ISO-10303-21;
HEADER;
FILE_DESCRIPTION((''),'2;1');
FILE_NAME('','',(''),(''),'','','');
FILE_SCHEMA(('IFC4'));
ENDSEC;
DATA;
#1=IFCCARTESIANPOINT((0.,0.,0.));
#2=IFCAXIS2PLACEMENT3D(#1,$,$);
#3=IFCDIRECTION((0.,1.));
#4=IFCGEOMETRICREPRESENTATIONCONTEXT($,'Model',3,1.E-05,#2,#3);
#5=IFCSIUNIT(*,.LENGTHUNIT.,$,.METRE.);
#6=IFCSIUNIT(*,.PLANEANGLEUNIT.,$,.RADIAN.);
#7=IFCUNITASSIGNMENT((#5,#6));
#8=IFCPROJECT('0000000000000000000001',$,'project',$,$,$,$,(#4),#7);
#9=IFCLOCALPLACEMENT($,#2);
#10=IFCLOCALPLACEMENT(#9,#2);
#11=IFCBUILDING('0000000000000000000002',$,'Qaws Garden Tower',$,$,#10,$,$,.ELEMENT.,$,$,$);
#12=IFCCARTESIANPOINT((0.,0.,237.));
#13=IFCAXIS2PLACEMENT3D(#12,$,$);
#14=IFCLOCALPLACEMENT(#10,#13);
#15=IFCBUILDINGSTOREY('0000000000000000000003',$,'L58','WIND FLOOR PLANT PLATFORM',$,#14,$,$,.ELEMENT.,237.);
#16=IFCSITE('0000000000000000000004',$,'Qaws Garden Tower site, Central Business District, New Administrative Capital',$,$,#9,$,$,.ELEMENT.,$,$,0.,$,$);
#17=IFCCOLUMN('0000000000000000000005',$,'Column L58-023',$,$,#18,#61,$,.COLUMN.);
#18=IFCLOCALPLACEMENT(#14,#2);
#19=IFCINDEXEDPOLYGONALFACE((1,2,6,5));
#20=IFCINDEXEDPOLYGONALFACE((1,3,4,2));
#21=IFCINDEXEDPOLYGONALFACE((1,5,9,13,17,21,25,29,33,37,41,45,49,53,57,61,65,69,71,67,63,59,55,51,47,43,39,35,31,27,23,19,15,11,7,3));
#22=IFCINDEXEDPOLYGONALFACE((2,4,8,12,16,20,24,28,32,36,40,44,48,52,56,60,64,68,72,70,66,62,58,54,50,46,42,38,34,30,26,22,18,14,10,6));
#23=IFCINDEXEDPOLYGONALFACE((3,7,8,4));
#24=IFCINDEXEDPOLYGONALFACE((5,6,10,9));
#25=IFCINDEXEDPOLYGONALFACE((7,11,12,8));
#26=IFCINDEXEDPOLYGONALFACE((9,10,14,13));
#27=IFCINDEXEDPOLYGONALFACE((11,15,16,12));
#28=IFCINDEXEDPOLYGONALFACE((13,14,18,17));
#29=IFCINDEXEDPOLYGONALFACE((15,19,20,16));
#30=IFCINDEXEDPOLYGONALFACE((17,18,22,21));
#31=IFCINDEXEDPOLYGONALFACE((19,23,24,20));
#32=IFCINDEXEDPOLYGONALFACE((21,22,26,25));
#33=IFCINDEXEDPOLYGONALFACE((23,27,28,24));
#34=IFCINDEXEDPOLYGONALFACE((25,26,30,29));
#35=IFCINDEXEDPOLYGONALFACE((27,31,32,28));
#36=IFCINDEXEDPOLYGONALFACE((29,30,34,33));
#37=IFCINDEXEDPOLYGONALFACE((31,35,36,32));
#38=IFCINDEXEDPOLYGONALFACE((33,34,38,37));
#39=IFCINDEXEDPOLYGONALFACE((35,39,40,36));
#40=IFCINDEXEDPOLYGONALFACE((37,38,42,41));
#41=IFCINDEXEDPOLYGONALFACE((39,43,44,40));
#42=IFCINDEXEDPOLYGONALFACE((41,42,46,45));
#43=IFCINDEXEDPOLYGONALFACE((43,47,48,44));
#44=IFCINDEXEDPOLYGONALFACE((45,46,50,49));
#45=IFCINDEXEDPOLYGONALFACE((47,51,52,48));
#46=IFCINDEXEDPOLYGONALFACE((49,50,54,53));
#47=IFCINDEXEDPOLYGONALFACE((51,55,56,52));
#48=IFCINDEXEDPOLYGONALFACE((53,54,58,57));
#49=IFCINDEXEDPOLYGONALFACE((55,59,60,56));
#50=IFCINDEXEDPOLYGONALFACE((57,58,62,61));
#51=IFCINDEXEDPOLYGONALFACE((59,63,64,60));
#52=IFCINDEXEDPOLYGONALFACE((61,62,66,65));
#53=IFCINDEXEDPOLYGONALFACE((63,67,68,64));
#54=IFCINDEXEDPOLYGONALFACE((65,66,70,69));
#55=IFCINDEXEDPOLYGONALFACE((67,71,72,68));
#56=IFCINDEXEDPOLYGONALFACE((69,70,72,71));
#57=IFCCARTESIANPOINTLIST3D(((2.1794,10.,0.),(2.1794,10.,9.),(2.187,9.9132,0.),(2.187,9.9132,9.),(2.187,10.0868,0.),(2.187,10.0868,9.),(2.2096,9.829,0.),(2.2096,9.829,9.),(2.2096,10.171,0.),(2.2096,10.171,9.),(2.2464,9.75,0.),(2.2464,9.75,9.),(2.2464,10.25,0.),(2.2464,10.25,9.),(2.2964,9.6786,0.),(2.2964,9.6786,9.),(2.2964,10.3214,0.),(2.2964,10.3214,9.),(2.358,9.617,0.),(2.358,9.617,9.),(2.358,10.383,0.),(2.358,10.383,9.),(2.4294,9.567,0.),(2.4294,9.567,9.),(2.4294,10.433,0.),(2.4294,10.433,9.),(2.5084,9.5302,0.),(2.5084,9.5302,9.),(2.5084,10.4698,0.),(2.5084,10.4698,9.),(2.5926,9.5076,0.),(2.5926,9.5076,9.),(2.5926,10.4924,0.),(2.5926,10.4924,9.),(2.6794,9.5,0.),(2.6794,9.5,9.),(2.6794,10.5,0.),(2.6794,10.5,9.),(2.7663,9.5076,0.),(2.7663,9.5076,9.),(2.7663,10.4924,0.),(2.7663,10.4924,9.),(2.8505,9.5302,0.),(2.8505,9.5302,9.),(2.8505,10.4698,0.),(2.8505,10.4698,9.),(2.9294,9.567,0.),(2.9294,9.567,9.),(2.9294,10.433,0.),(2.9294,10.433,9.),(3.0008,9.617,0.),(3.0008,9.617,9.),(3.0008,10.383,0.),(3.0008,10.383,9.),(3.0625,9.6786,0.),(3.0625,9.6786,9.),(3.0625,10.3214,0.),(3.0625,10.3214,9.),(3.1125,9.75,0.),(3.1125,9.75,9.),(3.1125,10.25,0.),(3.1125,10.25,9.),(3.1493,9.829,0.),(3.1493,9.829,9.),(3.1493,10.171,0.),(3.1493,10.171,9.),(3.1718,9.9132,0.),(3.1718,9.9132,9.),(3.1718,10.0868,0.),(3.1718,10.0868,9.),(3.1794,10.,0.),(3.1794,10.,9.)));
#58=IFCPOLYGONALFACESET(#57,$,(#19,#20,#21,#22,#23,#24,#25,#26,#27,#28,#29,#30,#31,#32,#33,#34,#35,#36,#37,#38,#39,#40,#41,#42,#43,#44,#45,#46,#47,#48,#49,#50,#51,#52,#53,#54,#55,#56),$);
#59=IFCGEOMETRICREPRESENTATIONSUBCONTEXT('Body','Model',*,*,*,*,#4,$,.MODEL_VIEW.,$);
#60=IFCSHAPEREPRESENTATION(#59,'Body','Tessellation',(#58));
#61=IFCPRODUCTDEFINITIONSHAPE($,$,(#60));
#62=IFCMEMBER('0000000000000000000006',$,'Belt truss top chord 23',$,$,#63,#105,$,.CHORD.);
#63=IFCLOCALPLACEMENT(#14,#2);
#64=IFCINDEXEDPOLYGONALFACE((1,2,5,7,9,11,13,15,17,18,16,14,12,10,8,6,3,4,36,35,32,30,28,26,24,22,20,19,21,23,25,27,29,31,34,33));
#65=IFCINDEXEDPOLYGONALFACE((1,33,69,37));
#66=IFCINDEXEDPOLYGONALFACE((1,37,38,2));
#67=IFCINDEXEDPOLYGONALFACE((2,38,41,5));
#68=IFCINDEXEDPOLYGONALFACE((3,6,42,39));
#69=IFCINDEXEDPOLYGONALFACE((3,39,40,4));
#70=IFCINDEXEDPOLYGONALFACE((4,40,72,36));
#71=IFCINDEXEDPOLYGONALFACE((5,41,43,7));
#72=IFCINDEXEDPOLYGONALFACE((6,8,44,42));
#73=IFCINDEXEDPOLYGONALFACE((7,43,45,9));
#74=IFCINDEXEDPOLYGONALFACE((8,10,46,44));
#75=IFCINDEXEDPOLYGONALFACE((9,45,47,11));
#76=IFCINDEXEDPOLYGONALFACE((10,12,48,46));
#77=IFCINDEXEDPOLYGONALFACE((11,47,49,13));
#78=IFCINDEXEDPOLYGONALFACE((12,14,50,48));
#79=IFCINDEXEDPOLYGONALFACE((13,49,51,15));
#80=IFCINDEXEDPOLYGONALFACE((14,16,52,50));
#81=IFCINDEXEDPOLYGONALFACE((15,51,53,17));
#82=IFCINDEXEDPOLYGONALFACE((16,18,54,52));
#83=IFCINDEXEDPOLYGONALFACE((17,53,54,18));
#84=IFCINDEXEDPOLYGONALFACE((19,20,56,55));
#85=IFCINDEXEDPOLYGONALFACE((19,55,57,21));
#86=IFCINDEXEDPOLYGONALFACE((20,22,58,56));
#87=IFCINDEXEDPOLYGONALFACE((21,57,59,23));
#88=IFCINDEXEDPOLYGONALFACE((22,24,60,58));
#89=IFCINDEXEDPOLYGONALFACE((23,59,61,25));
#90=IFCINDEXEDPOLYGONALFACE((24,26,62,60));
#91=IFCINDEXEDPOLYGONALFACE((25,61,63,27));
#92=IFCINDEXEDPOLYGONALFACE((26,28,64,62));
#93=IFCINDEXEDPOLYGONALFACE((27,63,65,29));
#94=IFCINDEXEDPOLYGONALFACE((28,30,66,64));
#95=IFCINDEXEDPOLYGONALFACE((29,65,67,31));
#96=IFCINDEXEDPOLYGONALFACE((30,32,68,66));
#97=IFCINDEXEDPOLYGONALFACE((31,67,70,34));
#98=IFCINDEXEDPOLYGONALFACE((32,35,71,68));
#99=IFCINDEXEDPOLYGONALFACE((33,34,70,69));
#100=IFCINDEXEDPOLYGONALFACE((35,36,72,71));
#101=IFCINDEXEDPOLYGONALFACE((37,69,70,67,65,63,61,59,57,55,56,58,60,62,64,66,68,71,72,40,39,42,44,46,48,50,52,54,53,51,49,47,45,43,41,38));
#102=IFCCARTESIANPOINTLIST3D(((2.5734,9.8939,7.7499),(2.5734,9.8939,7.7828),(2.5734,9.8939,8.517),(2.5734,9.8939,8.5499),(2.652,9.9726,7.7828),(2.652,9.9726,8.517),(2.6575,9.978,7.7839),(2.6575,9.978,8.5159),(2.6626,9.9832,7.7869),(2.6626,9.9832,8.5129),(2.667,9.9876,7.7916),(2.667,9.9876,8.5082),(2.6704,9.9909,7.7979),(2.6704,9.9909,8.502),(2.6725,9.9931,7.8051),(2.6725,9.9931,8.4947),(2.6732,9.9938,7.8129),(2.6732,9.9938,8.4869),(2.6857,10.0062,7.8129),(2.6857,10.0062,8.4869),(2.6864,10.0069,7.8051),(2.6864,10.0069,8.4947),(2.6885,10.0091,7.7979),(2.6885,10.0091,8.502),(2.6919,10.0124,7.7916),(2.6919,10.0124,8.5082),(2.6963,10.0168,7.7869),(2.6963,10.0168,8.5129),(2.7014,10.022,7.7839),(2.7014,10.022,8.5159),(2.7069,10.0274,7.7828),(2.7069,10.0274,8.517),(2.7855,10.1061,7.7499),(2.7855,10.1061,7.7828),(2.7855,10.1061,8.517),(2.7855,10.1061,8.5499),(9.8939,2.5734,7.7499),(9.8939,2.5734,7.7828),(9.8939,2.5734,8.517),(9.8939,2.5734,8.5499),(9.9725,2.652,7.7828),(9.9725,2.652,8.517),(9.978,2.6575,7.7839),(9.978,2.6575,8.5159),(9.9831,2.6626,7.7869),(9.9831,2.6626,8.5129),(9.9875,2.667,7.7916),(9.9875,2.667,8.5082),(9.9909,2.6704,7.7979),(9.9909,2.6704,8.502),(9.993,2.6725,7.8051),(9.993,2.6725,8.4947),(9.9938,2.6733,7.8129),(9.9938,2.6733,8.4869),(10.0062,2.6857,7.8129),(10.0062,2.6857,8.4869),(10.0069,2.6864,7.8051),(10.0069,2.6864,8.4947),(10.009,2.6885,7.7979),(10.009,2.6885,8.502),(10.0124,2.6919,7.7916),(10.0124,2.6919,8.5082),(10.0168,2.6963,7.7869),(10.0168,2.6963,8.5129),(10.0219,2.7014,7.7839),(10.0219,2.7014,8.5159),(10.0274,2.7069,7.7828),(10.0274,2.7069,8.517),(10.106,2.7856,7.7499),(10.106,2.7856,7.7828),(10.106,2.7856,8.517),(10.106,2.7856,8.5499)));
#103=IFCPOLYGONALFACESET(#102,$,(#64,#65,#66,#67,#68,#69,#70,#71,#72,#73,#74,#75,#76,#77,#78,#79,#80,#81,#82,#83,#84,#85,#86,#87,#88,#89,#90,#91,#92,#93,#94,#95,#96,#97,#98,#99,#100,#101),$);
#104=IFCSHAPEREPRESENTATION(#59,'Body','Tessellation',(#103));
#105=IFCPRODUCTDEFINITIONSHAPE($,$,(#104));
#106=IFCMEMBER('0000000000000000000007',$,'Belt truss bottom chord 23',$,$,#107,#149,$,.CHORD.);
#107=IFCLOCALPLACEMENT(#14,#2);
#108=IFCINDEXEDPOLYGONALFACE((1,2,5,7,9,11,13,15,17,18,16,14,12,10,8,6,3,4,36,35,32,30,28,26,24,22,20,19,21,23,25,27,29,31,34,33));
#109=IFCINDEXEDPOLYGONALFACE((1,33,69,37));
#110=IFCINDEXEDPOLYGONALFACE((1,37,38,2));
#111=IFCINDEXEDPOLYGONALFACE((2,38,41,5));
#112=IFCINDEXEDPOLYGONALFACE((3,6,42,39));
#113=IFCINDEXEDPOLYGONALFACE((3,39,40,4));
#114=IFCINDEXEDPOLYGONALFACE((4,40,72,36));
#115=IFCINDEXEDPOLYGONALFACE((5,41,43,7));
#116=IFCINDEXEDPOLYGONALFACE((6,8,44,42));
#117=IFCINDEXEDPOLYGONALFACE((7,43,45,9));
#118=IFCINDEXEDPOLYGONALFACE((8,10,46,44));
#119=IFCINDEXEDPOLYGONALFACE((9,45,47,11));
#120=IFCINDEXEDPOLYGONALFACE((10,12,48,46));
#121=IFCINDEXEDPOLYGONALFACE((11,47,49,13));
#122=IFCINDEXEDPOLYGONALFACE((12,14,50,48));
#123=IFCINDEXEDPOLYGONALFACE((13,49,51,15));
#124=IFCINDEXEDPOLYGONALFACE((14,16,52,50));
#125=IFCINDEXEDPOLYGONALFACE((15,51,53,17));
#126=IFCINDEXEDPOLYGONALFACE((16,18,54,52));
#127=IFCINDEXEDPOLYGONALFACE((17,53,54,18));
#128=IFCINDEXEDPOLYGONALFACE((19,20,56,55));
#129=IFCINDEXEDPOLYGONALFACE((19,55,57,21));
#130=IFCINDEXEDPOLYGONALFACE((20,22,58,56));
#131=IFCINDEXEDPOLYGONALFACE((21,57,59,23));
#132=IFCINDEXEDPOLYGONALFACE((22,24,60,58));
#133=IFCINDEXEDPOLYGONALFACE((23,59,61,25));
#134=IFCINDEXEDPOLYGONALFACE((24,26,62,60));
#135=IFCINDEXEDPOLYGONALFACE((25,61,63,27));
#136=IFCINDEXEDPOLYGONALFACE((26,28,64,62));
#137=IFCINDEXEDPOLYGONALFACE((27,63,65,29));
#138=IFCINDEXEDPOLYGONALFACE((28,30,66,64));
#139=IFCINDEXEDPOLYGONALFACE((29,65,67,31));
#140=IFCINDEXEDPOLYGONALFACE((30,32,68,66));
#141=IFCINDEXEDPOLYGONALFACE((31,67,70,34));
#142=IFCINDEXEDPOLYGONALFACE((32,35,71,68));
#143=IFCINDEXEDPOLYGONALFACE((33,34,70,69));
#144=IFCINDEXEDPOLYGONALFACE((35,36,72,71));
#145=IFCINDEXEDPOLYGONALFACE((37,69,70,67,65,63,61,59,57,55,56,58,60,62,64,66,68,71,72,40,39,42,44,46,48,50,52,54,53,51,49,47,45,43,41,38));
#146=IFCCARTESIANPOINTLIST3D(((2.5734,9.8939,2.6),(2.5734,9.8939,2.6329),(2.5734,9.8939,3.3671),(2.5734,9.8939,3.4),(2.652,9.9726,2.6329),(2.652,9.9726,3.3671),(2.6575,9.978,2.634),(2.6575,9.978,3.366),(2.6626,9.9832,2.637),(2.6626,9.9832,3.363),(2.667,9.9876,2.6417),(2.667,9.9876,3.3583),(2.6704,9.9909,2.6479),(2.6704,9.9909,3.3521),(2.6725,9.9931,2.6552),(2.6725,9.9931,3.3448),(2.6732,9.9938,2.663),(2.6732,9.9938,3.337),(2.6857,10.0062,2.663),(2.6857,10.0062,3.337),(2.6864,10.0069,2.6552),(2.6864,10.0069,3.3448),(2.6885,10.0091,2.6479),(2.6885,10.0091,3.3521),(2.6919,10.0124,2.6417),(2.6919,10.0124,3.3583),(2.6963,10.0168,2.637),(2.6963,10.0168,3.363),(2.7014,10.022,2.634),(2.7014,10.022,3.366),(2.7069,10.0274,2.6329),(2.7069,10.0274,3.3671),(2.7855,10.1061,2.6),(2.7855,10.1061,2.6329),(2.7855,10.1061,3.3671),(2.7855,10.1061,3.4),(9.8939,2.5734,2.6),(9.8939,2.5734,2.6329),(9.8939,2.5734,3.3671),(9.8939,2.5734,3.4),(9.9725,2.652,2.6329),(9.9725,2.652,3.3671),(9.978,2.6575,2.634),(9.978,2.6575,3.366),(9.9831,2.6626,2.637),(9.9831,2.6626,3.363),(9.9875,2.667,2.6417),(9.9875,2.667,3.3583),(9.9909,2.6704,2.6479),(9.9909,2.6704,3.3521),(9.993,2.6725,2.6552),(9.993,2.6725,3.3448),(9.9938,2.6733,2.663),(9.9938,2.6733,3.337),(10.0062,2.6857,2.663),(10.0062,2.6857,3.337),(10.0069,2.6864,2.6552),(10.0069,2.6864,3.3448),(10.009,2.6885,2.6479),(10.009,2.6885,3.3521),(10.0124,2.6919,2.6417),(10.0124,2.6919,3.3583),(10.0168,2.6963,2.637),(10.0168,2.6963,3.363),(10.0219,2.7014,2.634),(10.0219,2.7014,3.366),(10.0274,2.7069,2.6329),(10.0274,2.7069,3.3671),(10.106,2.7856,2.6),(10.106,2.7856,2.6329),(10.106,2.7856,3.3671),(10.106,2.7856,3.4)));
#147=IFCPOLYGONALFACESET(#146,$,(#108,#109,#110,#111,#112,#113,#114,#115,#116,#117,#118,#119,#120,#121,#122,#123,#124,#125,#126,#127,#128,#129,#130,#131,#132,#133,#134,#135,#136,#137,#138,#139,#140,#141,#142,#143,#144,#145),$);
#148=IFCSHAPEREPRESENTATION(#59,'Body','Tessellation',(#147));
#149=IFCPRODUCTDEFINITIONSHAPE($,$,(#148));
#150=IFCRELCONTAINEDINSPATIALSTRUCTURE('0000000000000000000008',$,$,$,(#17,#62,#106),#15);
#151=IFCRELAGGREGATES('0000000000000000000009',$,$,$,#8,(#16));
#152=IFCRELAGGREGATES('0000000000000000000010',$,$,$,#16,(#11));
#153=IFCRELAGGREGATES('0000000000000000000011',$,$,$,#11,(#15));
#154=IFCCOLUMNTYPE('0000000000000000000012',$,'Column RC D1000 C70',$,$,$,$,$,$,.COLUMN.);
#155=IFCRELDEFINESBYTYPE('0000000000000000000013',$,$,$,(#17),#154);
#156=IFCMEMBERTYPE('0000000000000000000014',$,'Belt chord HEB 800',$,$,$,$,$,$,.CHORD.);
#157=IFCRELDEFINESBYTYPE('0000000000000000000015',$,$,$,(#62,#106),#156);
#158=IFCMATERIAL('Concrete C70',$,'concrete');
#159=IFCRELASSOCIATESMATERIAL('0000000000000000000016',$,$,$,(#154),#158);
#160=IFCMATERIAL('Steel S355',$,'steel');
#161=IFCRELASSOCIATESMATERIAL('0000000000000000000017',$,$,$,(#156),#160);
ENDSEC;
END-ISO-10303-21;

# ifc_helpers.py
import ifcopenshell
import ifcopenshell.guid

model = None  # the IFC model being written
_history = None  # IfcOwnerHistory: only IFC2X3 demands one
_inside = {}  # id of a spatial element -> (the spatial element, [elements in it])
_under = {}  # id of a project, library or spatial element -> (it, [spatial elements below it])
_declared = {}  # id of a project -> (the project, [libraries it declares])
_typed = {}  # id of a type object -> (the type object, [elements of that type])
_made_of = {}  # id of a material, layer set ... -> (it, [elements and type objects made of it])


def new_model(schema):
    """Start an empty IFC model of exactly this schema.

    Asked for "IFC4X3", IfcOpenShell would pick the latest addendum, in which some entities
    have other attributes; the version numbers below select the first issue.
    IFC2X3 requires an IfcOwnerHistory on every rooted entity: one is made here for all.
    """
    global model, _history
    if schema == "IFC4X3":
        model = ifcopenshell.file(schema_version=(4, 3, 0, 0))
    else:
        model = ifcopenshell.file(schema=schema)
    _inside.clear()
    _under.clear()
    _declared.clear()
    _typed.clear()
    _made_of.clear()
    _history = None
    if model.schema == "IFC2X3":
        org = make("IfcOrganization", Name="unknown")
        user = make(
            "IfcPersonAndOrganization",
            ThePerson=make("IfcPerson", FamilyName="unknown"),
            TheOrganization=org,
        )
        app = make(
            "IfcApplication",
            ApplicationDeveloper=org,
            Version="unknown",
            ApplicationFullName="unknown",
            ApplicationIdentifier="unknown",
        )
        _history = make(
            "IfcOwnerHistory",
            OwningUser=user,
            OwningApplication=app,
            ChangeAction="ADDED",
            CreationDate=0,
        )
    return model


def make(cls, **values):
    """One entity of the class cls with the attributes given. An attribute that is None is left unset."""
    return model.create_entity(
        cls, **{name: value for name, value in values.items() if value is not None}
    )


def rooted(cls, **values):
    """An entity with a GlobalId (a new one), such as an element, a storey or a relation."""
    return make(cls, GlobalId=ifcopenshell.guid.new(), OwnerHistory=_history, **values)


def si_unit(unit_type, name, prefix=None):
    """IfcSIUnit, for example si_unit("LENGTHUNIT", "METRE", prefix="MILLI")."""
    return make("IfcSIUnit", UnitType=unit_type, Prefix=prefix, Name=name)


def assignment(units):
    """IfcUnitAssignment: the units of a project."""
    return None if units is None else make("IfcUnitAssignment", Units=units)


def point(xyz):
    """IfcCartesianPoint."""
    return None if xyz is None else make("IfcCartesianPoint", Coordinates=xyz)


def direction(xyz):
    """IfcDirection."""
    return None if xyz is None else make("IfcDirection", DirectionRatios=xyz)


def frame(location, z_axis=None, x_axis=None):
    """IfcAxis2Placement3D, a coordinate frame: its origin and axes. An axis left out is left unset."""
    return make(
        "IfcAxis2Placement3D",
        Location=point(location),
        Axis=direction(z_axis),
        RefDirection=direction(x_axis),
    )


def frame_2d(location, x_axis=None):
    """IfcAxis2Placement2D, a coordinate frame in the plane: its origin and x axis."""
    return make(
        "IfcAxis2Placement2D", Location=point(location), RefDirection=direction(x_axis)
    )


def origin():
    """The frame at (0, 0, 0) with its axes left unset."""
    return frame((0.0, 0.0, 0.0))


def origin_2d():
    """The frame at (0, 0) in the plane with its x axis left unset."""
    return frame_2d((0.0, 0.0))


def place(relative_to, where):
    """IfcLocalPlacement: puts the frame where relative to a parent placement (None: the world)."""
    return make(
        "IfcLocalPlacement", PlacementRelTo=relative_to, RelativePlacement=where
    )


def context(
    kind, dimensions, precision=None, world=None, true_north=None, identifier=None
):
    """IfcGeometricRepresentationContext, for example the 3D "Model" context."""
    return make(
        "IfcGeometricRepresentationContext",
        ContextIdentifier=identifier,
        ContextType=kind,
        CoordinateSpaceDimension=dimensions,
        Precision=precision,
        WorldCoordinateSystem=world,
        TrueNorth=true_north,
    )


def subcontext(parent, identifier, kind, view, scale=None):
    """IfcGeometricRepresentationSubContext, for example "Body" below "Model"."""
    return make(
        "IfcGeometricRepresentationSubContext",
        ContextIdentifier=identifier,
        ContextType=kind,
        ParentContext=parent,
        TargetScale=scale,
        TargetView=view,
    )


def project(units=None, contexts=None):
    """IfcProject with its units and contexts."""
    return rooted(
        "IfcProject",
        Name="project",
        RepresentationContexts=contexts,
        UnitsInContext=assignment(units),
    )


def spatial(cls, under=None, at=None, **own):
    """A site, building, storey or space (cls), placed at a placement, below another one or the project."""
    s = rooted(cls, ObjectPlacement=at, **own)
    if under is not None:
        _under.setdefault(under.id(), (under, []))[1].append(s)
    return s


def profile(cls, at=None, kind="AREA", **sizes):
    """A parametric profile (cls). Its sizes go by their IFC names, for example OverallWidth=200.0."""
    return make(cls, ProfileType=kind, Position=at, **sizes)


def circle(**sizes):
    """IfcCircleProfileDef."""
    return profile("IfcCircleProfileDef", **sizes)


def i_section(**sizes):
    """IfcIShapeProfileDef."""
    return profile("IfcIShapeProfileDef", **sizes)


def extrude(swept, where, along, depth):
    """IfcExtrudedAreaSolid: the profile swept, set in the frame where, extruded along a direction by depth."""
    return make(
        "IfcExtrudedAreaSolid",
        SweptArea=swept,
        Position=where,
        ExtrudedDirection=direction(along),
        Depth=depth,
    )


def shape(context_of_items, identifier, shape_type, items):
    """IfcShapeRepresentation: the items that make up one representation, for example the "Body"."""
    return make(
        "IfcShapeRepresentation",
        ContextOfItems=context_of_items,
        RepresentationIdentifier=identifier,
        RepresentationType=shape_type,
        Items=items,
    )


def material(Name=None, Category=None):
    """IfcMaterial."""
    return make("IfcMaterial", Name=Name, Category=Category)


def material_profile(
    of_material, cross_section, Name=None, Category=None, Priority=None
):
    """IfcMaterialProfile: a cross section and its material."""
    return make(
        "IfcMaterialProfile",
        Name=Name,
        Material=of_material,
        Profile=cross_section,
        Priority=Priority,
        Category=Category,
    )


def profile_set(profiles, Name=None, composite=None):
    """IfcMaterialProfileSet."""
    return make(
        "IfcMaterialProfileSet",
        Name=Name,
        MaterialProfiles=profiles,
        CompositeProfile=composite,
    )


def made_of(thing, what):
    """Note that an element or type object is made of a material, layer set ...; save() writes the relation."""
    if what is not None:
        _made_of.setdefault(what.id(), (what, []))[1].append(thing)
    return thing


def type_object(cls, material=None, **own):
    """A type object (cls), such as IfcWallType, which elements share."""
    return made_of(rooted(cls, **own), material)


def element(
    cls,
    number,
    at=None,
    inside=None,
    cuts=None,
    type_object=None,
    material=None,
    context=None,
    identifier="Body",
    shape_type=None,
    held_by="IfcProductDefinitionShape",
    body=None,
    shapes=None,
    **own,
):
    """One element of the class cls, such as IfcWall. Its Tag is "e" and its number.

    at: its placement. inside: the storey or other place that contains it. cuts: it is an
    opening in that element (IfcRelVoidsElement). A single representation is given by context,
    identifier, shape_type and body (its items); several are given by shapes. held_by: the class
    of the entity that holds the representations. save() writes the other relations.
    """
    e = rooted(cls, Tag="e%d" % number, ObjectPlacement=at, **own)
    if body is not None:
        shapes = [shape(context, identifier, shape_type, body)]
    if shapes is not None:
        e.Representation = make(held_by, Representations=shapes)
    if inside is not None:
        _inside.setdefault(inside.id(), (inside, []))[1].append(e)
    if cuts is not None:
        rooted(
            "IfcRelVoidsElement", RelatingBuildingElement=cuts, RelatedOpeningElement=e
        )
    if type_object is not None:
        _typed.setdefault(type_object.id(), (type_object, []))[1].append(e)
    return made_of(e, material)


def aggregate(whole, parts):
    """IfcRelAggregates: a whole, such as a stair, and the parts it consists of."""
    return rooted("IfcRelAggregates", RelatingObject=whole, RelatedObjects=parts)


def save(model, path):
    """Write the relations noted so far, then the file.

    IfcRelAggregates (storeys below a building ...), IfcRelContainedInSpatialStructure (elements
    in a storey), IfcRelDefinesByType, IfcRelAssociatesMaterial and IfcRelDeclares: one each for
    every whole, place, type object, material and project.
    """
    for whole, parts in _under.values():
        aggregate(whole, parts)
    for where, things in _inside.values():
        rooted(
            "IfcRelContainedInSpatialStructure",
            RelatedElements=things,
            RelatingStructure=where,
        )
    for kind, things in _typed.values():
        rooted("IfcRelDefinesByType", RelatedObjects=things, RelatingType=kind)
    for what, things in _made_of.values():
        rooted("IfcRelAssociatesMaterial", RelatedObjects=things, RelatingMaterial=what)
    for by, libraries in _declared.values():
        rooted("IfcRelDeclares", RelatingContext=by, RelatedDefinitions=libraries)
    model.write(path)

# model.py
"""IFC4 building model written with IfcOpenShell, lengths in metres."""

from ifc_helpers import new_model, si_unit, direction, frame, origin, origin_2d, place, context, subcontext, project, spatial, circle, i_section, extrude, material, material_profile, profile_set, type_object, element, save


model = new_model("IFC4")

# Units and contexts
model_context = context("Model", 3, precision=1e-05, world=origin(), true_north=direction((0.0, 1.0)))
body_context = subcontext(model_context, "Body", "Model", "MODEL_VIEW")
ifc_project = project(units=[si_unit("LENGTHUNIT", "METRE"), si_unit("PLANEANGLEUNIT", "RADIAN")], contexts=[model_context])

# Site, building, storey
site_placement = place(None, origin())
site = spatial("IfcSite", under=ifc_project, at=site_placement, Name="Qaws Garden Tower site, Central Business District, New Administrative Capital", CompositionType="ELEMENT", RefElevation=0.0)
building_placement = place(site_placement, origin())
building = spatial("IfcBuilding", under=site, at=building_placement, Name="Qaws Garden Tower", CompositionType="ELEMENT")
storey_placement = place(building_placement, frame((0.0, 0.0, 237.0)))
storey = spatial("IfcBuildingStorey", under=building, at=storey_placement, Name="L58", Description="WIND FLOOR PLANT PLATFORM", CompositionType="ELEMENT", Elevation=237.0)

# Column
ifc_material_1 = material(Name="Concrete C70", Category="concrete")
ifc_material_profile_1 = material_profile(ifc_material_1, circle(Radius=0.5, at=origin_2d()), Name="RC D1000")
ifc_profile_set_1 = profile_set([ifc_material_profile_1], Name="Concrete C70")
column_type = type_object("IfcColumnType", Name="Column RC D1000 C70", PredefinedType="COLUMN", material=ifc_profile_set_1)
column_placement = place(storey_placement, frame((2.6794, 10.0, 0.0), z_axis=(0.0, 0.0, 1.0), x_axis=(1.0, 0.0, 0.0)))
element("IfcColumn", 1, at=column_placement, inside=storey, type_object=column_type, Name="Column L58-023", PredefinedType="COLUMN", context=body_context, shape_type="SweptSolid", body=[
    extrude(circle(Radius=0.5, at=origin_2d()), origin(), (0.0, 0.0, 1.0), 9.0),
])

# Members
ifc_material_2 = material(Name="Steel S355", Category="steel")
ifc_material_profile_2 = material_profile(ifc_material_2, i_section(OverallWidth=0.3, OverallDepth=0.8, WebThickness=0.0176, FlangeThickness=0.033, FilletRadius=0.03, at=origin_2d()), Name="HEB 800")
ifc_profile_set_2 = profile_set([ifc_material_profile_2], Name="Steel S355")
member_type_1 = type_object("IfcMemberType", Name="Belt chord HEB 800", PredefinedType="CHORD", material=ifc_profile_set_2)
for number, where, z_axis, x_axis, name in (
    (2, (2.6794, 10.0, 8.1499), (0.707107, -0.707107, 0.0), (0.707107, 0.707107, 0.0), "Belt truss top chord 23"),
    (3, (2.6794, 10.0, 3.0), (0.707107, -0.707107, 0.0), (0.707107, 0.707107, 0.0), "Belt truss bottom chord 23"),
):
    element("IfcMember", number, at=place(storey_placement, frame(where, z_axis=z_axis, x_axis=x_axis)), inside=storey, type_object=member_type_1, Name=name, PredefinedType="CHORD", context=body_context, shape_type="SweptSolid", body=[
        extrude(i_section(OverallWidth=0.3, OverallDepth=0.8, WebThickness=0.0176, FlangeThickness=0.033, FilletRadius=0.03, at=origin_2d()), origin(), (0.0, 0.0, 1.0), 10.3528),
    ])

save(model, "model.ifc")
